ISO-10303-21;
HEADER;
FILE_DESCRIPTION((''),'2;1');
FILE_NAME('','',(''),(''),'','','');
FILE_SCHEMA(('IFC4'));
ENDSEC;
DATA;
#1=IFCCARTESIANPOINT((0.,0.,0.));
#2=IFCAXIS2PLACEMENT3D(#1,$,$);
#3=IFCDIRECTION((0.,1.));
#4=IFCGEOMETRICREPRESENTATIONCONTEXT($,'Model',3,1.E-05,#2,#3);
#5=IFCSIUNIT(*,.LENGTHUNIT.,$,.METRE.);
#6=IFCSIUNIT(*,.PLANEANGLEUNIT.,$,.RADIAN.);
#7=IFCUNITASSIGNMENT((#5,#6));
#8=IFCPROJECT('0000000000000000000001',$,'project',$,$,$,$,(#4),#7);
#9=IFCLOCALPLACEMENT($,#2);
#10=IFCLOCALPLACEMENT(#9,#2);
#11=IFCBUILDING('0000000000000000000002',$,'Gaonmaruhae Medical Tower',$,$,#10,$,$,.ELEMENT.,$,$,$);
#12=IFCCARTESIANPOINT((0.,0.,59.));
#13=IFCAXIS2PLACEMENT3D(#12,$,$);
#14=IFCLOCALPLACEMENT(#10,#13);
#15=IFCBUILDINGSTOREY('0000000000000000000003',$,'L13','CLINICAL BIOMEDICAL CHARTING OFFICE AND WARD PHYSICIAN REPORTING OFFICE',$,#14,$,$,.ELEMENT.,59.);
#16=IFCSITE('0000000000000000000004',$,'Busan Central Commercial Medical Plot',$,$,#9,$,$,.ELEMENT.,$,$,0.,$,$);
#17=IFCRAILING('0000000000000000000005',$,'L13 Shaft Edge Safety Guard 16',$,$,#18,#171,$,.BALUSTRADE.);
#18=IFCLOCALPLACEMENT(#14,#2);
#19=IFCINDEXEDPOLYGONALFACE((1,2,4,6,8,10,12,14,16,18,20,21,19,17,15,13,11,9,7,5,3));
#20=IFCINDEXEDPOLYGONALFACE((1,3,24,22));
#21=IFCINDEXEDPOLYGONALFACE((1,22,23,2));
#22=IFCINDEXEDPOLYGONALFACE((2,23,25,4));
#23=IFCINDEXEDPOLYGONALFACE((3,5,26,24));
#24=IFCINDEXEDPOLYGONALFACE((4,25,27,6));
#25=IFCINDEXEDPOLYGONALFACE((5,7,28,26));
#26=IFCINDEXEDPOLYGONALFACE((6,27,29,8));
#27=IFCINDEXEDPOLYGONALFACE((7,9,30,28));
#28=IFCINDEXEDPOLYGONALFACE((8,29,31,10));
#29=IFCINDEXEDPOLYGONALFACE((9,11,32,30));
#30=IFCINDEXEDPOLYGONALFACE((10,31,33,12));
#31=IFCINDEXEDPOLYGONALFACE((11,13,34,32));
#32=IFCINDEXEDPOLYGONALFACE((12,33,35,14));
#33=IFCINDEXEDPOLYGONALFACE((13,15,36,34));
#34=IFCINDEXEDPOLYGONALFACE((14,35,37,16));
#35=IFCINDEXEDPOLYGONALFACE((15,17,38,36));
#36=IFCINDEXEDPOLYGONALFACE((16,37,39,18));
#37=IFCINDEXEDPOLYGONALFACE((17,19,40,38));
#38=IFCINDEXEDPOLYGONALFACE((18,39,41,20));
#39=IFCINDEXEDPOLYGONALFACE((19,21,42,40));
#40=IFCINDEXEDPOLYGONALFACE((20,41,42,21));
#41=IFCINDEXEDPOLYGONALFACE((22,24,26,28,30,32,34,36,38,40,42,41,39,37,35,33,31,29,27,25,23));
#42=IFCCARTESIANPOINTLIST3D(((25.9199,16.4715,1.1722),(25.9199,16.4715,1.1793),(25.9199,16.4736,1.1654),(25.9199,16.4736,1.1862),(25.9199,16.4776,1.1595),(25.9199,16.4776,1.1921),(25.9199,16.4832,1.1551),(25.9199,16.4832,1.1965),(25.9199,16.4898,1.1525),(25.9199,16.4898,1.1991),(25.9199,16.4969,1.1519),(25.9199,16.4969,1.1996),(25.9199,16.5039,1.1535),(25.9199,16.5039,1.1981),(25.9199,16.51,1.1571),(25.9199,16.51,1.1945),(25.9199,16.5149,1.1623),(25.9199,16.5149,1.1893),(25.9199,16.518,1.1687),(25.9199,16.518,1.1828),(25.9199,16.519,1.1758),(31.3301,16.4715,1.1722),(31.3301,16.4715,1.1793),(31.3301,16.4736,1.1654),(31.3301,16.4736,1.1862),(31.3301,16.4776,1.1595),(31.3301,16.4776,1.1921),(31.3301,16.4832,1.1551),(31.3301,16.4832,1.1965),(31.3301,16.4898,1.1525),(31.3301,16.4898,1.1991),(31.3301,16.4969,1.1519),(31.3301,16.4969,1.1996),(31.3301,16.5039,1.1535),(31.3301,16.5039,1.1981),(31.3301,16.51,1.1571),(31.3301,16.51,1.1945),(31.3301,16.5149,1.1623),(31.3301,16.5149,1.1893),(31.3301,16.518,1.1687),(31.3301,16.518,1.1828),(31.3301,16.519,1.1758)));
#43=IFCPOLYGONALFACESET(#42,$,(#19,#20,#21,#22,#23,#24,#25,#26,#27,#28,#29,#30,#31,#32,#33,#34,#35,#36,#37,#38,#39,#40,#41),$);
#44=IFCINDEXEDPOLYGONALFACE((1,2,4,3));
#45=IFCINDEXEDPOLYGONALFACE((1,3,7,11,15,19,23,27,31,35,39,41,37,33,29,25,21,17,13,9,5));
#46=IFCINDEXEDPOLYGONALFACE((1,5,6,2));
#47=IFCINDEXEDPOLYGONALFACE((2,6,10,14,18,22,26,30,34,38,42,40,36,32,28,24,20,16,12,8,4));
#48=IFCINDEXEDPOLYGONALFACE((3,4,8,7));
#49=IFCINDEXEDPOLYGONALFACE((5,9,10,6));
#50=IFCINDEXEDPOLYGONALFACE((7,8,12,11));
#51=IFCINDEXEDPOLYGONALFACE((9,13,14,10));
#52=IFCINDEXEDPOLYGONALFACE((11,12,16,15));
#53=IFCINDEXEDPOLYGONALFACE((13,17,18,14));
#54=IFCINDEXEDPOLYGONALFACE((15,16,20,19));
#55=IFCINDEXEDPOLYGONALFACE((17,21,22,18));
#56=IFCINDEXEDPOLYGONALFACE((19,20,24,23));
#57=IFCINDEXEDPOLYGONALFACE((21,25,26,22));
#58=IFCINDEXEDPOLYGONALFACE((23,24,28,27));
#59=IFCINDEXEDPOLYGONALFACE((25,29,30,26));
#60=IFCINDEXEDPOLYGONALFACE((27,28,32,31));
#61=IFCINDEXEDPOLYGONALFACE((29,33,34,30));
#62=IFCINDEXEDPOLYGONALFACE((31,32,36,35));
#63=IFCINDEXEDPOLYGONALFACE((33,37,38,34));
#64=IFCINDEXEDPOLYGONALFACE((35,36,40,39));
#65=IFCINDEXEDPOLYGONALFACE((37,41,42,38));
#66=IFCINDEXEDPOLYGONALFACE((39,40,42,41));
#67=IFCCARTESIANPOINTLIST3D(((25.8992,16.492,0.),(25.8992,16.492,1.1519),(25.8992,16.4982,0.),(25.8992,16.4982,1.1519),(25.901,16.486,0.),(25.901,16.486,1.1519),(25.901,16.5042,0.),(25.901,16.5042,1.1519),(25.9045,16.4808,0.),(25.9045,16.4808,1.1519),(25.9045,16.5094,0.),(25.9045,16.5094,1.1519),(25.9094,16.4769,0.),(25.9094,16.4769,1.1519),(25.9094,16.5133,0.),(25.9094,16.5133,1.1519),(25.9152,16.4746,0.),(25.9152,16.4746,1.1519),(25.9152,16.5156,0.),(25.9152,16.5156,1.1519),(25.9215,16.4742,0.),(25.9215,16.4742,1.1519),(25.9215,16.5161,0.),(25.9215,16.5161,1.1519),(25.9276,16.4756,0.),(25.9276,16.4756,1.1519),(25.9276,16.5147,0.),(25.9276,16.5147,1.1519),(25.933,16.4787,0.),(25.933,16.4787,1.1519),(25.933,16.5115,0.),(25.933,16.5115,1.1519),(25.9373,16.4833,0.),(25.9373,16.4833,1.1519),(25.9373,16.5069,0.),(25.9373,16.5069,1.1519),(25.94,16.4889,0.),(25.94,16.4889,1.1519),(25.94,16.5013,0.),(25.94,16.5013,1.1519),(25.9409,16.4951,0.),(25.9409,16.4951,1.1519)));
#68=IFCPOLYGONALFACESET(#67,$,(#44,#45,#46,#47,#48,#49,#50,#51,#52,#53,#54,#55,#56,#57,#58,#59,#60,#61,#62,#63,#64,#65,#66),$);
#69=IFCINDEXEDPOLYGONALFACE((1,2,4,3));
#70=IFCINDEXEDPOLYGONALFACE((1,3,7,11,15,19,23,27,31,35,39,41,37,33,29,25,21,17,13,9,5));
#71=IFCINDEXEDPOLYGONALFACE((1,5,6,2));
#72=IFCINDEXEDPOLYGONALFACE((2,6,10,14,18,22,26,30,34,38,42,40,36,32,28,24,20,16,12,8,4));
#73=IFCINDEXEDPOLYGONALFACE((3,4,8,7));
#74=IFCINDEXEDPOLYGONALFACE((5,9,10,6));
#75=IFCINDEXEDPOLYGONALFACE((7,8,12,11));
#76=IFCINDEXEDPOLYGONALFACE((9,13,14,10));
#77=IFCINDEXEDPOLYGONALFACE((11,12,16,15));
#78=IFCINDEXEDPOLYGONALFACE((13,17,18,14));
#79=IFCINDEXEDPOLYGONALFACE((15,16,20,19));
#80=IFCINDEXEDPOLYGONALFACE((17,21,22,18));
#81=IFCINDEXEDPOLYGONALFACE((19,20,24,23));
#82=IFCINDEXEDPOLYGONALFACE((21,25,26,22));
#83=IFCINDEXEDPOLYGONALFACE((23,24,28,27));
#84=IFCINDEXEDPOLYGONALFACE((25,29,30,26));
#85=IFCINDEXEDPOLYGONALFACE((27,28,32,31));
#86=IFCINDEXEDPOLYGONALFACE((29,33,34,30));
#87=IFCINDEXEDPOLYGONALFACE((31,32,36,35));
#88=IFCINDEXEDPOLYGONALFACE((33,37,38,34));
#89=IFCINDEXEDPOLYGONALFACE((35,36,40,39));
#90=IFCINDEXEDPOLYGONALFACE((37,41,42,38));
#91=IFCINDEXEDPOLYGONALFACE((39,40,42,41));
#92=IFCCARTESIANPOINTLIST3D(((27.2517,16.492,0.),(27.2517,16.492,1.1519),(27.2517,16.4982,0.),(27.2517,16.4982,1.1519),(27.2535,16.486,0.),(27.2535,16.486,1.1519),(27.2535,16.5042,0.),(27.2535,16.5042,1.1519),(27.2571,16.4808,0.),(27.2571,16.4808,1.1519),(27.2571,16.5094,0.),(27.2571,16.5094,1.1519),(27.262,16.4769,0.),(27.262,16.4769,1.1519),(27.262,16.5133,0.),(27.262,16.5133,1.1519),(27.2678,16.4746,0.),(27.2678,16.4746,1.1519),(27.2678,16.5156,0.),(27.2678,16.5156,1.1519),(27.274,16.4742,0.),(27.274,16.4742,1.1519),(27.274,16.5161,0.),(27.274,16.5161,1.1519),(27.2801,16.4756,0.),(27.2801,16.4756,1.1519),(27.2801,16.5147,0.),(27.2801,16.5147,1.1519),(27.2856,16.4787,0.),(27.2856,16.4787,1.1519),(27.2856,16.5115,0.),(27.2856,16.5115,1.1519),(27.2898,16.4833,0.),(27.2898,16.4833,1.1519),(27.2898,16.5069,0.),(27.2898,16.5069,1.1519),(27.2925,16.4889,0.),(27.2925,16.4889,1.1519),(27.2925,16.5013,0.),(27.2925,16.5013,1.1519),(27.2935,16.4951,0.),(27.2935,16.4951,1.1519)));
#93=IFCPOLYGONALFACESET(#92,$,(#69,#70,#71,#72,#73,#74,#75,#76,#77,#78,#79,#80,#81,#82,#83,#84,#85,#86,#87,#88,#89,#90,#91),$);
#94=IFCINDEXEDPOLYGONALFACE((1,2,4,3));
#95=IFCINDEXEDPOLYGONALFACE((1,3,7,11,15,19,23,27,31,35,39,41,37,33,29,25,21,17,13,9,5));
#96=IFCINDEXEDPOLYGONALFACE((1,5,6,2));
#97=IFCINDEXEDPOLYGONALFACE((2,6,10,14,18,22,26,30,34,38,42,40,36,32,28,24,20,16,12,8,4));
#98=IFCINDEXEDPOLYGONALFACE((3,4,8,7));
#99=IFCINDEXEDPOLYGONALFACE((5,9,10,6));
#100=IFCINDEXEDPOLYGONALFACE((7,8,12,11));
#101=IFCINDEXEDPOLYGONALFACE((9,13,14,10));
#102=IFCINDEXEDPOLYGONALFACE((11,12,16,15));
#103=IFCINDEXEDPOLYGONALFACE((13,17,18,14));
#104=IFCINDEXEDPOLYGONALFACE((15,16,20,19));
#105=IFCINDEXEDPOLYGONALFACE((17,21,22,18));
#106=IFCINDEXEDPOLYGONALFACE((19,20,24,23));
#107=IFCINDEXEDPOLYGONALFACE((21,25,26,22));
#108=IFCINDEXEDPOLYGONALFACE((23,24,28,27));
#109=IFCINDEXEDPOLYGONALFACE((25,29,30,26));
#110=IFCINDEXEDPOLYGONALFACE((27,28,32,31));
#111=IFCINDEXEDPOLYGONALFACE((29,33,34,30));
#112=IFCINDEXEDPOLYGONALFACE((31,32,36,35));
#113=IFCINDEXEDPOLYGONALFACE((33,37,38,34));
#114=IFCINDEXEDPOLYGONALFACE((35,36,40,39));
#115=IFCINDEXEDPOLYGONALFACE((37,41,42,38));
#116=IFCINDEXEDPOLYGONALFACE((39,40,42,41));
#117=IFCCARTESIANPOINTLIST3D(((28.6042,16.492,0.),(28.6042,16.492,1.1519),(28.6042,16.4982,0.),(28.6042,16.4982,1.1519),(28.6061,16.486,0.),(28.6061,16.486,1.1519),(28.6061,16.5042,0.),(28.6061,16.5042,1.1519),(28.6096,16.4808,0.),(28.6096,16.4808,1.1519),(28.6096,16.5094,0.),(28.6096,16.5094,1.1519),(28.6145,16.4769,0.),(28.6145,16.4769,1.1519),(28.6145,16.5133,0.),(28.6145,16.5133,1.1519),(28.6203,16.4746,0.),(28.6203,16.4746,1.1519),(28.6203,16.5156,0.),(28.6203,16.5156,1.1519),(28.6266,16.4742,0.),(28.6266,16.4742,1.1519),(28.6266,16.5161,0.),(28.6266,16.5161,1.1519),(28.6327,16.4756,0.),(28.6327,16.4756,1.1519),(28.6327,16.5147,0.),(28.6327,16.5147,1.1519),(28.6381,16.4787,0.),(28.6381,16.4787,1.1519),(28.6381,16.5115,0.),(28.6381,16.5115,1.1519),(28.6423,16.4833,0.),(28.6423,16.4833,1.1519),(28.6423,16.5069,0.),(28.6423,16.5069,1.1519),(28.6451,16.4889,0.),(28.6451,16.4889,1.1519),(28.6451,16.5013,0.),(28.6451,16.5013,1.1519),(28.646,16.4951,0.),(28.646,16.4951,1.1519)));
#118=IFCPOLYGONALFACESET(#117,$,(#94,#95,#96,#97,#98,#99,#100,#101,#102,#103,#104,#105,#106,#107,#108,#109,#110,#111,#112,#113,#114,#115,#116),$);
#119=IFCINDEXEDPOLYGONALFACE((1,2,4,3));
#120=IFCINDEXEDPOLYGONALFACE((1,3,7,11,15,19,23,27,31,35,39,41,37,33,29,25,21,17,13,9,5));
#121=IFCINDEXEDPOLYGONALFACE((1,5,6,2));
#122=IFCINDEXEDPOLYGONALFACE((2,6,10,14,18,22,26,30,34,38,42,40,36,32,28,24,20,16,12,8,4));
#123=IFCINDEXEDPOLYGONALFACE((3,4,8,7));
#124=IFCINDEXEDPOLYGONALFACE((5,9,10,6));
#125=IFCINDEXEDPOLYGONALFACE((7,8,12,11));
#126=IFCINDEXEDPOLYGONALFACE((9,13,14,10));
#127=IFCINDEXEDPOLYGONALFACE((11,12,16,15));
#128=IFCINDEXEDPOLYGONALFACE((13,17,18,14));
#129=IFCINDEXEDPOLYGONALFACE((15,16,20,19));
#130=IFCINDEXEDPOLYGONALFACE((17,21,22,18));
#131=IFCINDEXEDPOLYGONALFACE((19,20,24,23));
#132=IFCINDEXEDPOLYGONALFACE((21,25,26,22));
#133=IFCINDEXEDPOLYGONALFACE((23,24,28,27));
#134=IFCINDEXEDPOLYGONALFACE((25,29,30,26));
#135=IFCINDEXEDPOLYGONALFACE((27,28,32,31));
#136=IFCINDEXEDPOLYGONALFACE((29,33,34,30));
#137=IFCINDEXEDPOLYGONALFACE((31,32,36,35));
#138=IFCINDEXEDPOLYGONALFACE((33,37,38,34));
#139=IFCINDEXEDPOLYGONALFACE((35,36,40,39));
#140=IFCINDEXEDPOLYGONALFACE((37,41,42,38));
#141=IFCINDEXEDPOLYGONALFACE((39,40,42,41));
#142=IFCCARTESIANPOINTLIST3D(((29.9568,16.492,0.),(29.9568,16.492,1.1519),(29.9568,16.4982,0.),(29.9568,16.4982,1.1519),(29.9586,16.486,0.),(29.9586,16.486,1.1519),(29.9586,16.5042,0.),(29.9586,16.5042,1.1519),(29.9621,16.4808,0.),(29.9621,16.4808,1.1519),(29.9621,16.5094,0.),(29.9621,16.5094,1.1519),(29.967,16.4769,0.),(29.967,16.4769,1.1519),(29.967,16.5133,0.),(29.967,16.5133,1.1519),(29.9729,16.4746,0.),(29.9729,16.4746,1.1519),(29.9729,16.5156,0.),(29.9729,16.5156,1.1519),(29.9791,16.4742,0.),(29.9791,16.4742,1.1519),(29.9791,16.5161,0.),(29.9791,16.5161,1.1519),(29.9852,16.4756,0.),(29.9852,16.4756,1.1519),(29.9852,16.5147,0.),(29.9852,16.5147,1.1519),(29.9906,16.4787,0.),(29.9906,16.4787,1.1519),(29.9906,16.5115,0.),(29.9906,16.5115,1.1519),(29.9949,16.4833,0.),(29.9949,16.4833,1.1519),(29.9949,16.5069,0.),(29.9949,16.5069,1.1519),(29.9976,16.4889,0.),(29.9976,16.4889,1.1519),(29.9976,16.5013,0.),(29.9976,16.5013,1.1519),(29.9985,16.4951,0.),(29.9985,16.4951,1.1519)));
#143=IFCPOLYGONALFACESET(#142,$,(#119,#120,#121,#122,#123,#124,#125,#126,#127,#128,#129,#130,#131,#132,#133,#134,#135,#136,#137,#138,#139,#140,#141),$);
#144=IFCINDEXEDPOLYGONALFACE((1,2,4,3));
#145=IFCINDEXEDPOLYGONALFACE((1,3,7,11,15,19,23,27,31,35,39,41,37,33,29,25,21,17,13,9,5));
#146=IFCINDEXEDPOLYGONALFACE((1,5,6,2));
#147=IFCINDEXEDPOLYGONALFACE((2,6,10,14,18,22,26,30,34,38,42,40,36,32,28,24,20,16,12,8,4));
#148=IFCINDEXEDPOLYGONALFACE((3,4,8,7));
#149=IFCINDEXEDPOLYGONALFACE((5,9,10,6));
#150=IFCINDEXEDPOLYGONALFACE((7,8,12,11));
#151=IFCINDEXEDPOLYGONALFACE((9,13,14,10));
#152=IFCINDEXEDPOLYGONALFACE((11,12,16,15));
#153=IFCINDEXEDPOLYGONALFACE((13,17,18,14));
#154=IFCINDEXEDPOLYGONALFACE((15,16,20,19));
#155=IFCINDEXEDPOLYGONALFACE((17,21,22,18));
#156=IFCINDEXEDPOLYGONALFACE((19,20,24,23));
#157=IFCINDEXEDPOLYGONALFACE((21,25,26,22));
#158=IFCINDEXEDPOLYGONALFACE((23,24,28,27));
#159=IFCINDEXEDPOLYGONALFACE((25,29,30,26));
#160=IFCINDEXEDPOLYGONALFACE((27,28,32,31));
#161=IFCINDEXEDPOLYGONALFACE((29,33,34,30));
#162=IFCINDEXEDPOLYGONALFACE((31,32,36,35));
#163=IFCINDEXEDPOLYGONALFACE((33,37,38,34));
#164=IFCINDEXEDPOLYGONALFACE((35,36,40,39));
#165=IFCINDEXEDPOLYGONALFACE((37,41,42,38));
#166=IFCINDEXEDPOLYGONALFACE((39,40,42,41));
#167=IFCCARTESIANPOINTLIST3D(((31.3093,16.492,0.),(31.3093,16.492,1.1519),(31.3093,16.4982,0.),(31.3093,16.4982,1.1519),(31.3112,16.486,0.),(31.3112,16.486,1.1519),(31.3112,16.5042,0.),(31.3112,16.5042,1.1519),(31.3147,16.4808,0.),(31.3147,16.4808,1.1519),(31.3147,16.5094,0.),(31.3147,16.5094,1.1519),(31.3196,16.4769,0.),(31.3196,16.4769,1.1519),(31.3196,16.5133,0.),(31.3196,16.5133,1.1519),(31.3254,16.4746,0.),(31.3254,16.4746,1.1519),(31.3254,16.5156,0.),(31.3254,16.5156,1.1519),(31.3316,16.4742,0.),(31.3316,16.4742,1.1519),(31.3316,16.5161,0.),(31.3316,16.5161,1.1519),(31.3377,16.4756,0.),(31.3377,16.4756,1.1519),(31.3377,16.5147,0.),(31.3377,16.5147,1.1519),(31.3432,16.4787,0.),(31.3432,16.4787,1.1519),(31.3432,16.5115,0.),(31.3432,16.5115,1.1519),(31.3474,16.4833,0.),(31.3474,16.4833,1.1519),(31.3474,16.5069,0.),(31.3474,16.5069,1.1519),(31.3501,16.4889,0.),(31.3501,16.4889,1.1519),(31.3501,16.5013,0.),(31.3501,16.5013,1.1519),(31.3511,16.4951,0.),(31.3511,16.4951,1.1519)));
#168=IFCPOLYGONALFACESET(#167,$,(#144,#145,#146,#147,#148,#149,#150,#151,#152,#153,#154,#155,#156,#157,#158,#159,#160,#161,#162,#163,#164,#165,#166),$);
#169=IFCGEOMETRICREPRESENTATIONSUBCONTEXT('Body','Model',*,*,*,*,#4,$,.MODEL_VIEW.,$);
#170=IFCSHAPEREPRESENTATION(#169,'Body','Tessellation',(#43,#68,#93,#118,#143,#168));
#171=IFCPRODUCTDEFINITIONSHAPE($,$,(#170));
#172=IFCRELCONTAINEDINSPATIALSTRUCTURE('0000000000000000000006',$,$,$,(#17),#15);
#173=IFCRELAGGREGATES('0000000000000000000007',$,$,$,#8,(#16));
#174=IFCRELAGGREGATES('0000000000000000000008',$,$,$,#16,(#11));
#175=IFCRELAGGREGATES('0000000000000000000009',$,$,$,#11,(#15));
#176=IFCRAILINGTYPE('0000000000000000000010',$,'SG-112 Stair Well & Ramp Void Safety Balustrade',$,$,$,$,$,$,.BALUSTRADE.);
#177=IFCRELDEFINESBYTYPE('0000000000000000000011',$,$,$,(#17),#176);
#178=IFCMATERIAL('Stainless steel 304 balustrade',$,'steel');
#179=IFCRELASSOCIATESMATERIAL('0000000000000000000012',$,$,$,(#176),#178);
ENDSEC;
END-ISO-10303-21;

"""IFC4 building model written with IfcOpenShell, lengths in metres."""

from ifc_helpers import new_model, si_unit, direction, frame, origin, origin_2d, place, context, subcontext, project, spatial, circle, extrude, material, type_object, element, save


model = new_model("IFC4")

# Units and contexts
model_context = context("Model", 3, precision=1e-05, world=origin(), true_north=direction((0.0, 1.0)))
body_context = subcontext(model_context, "Body", "Model", "MODEL_VIEW")
ifc_project = project(units=[si_unit("LENGTHUNIT", "METRE"), si_unit("PLANEANGLEUNIT", "RADIAN")], contexts=[model_context])

# Site, building, storey
site_placement = place(None, origin())
site = spatial("IfcSite", under=ifc_project, at=site_placement, Name="Busan Central Commercial Medical Plot", CompositionType="ELEMENT", RefElevation=0.0)
building_placement = place(site_placement, origin())
building = spatial("IfcBuilding", under=site, at=building_placement, Name="Gaonmaruhae Medical Tower", CompositionType="ELEMENT")
storey_placement = place(building_placement, frame((0.0, 0.0, 59.0)))
storey = spatial("IfcBuildingStorey", under=building, at=storey_placement, Name="L13", Description="CLINICAL BIOMEDICAL CHARTING OFFICE AND WARD PHYSICIAN REPORTING OFFICE", CompositionType="ELEMENT", Elevation=59.0)

# Railing
ifc_material_1 = material(Name="Stainless steel 304 balustrade", Category="steel")
railing_type = type_object("IfcRailingType", Name="SG-112 Stair Well & Ramp Void Safety Balustrade", PredefinedType="BALUSTRADE", material=ifc_material_1)
railing_1_placement = place(storey_placement, frame((25.9199, 16.4951, 0.0)))
element("IfcRailing", 1, at=railing_1_placement, inside=storey, type_object=railing_type, Name="L13 Shaft Edge Safety Guard 16", PredefinedType="BALUSTRADE", context=body_context, shape_type="SweptSolid", body=[
    extrude(circle(Radius=0.0239, at=origin_2d()), frame((0.0, 0.0, 1.1758), z_axis=(1.0, 0.0, 0.0), x_axis=(0.0, 1.0, 0.0)), (0.0, 0.0, 1.0), 5.4102),
    extrude(circle(Radius=0.021, at=origin_2d()), origin(), (0.0, 0.0, 1.0), 1.1519),
    extrude(circle(Radius=0.021, at=origin_2d()), frame((1.3525, 0.0, 0.0)), (0.0, 0.0, 1.0), 1.1519),
    extrude(circle(Radius=0.021, at=origin_2d()), frame((2.7051, 0.0, 0.0)), (0.0, 0.0, 1.0), 1.1519),
    extrude(circle(Radius=0.021, at=origin_2d()), frame((4.0576, 0.0, 0.0)), (0.0, 0.0, 1.0), 1.1519),
    extrude(circle(Radius=0.021, at=origin_2d()), frame((5.4102, 0.0, 0.0)), (0.0, 0.0, 1.0), 1.1519),
])

save(model, "model.ifc")
